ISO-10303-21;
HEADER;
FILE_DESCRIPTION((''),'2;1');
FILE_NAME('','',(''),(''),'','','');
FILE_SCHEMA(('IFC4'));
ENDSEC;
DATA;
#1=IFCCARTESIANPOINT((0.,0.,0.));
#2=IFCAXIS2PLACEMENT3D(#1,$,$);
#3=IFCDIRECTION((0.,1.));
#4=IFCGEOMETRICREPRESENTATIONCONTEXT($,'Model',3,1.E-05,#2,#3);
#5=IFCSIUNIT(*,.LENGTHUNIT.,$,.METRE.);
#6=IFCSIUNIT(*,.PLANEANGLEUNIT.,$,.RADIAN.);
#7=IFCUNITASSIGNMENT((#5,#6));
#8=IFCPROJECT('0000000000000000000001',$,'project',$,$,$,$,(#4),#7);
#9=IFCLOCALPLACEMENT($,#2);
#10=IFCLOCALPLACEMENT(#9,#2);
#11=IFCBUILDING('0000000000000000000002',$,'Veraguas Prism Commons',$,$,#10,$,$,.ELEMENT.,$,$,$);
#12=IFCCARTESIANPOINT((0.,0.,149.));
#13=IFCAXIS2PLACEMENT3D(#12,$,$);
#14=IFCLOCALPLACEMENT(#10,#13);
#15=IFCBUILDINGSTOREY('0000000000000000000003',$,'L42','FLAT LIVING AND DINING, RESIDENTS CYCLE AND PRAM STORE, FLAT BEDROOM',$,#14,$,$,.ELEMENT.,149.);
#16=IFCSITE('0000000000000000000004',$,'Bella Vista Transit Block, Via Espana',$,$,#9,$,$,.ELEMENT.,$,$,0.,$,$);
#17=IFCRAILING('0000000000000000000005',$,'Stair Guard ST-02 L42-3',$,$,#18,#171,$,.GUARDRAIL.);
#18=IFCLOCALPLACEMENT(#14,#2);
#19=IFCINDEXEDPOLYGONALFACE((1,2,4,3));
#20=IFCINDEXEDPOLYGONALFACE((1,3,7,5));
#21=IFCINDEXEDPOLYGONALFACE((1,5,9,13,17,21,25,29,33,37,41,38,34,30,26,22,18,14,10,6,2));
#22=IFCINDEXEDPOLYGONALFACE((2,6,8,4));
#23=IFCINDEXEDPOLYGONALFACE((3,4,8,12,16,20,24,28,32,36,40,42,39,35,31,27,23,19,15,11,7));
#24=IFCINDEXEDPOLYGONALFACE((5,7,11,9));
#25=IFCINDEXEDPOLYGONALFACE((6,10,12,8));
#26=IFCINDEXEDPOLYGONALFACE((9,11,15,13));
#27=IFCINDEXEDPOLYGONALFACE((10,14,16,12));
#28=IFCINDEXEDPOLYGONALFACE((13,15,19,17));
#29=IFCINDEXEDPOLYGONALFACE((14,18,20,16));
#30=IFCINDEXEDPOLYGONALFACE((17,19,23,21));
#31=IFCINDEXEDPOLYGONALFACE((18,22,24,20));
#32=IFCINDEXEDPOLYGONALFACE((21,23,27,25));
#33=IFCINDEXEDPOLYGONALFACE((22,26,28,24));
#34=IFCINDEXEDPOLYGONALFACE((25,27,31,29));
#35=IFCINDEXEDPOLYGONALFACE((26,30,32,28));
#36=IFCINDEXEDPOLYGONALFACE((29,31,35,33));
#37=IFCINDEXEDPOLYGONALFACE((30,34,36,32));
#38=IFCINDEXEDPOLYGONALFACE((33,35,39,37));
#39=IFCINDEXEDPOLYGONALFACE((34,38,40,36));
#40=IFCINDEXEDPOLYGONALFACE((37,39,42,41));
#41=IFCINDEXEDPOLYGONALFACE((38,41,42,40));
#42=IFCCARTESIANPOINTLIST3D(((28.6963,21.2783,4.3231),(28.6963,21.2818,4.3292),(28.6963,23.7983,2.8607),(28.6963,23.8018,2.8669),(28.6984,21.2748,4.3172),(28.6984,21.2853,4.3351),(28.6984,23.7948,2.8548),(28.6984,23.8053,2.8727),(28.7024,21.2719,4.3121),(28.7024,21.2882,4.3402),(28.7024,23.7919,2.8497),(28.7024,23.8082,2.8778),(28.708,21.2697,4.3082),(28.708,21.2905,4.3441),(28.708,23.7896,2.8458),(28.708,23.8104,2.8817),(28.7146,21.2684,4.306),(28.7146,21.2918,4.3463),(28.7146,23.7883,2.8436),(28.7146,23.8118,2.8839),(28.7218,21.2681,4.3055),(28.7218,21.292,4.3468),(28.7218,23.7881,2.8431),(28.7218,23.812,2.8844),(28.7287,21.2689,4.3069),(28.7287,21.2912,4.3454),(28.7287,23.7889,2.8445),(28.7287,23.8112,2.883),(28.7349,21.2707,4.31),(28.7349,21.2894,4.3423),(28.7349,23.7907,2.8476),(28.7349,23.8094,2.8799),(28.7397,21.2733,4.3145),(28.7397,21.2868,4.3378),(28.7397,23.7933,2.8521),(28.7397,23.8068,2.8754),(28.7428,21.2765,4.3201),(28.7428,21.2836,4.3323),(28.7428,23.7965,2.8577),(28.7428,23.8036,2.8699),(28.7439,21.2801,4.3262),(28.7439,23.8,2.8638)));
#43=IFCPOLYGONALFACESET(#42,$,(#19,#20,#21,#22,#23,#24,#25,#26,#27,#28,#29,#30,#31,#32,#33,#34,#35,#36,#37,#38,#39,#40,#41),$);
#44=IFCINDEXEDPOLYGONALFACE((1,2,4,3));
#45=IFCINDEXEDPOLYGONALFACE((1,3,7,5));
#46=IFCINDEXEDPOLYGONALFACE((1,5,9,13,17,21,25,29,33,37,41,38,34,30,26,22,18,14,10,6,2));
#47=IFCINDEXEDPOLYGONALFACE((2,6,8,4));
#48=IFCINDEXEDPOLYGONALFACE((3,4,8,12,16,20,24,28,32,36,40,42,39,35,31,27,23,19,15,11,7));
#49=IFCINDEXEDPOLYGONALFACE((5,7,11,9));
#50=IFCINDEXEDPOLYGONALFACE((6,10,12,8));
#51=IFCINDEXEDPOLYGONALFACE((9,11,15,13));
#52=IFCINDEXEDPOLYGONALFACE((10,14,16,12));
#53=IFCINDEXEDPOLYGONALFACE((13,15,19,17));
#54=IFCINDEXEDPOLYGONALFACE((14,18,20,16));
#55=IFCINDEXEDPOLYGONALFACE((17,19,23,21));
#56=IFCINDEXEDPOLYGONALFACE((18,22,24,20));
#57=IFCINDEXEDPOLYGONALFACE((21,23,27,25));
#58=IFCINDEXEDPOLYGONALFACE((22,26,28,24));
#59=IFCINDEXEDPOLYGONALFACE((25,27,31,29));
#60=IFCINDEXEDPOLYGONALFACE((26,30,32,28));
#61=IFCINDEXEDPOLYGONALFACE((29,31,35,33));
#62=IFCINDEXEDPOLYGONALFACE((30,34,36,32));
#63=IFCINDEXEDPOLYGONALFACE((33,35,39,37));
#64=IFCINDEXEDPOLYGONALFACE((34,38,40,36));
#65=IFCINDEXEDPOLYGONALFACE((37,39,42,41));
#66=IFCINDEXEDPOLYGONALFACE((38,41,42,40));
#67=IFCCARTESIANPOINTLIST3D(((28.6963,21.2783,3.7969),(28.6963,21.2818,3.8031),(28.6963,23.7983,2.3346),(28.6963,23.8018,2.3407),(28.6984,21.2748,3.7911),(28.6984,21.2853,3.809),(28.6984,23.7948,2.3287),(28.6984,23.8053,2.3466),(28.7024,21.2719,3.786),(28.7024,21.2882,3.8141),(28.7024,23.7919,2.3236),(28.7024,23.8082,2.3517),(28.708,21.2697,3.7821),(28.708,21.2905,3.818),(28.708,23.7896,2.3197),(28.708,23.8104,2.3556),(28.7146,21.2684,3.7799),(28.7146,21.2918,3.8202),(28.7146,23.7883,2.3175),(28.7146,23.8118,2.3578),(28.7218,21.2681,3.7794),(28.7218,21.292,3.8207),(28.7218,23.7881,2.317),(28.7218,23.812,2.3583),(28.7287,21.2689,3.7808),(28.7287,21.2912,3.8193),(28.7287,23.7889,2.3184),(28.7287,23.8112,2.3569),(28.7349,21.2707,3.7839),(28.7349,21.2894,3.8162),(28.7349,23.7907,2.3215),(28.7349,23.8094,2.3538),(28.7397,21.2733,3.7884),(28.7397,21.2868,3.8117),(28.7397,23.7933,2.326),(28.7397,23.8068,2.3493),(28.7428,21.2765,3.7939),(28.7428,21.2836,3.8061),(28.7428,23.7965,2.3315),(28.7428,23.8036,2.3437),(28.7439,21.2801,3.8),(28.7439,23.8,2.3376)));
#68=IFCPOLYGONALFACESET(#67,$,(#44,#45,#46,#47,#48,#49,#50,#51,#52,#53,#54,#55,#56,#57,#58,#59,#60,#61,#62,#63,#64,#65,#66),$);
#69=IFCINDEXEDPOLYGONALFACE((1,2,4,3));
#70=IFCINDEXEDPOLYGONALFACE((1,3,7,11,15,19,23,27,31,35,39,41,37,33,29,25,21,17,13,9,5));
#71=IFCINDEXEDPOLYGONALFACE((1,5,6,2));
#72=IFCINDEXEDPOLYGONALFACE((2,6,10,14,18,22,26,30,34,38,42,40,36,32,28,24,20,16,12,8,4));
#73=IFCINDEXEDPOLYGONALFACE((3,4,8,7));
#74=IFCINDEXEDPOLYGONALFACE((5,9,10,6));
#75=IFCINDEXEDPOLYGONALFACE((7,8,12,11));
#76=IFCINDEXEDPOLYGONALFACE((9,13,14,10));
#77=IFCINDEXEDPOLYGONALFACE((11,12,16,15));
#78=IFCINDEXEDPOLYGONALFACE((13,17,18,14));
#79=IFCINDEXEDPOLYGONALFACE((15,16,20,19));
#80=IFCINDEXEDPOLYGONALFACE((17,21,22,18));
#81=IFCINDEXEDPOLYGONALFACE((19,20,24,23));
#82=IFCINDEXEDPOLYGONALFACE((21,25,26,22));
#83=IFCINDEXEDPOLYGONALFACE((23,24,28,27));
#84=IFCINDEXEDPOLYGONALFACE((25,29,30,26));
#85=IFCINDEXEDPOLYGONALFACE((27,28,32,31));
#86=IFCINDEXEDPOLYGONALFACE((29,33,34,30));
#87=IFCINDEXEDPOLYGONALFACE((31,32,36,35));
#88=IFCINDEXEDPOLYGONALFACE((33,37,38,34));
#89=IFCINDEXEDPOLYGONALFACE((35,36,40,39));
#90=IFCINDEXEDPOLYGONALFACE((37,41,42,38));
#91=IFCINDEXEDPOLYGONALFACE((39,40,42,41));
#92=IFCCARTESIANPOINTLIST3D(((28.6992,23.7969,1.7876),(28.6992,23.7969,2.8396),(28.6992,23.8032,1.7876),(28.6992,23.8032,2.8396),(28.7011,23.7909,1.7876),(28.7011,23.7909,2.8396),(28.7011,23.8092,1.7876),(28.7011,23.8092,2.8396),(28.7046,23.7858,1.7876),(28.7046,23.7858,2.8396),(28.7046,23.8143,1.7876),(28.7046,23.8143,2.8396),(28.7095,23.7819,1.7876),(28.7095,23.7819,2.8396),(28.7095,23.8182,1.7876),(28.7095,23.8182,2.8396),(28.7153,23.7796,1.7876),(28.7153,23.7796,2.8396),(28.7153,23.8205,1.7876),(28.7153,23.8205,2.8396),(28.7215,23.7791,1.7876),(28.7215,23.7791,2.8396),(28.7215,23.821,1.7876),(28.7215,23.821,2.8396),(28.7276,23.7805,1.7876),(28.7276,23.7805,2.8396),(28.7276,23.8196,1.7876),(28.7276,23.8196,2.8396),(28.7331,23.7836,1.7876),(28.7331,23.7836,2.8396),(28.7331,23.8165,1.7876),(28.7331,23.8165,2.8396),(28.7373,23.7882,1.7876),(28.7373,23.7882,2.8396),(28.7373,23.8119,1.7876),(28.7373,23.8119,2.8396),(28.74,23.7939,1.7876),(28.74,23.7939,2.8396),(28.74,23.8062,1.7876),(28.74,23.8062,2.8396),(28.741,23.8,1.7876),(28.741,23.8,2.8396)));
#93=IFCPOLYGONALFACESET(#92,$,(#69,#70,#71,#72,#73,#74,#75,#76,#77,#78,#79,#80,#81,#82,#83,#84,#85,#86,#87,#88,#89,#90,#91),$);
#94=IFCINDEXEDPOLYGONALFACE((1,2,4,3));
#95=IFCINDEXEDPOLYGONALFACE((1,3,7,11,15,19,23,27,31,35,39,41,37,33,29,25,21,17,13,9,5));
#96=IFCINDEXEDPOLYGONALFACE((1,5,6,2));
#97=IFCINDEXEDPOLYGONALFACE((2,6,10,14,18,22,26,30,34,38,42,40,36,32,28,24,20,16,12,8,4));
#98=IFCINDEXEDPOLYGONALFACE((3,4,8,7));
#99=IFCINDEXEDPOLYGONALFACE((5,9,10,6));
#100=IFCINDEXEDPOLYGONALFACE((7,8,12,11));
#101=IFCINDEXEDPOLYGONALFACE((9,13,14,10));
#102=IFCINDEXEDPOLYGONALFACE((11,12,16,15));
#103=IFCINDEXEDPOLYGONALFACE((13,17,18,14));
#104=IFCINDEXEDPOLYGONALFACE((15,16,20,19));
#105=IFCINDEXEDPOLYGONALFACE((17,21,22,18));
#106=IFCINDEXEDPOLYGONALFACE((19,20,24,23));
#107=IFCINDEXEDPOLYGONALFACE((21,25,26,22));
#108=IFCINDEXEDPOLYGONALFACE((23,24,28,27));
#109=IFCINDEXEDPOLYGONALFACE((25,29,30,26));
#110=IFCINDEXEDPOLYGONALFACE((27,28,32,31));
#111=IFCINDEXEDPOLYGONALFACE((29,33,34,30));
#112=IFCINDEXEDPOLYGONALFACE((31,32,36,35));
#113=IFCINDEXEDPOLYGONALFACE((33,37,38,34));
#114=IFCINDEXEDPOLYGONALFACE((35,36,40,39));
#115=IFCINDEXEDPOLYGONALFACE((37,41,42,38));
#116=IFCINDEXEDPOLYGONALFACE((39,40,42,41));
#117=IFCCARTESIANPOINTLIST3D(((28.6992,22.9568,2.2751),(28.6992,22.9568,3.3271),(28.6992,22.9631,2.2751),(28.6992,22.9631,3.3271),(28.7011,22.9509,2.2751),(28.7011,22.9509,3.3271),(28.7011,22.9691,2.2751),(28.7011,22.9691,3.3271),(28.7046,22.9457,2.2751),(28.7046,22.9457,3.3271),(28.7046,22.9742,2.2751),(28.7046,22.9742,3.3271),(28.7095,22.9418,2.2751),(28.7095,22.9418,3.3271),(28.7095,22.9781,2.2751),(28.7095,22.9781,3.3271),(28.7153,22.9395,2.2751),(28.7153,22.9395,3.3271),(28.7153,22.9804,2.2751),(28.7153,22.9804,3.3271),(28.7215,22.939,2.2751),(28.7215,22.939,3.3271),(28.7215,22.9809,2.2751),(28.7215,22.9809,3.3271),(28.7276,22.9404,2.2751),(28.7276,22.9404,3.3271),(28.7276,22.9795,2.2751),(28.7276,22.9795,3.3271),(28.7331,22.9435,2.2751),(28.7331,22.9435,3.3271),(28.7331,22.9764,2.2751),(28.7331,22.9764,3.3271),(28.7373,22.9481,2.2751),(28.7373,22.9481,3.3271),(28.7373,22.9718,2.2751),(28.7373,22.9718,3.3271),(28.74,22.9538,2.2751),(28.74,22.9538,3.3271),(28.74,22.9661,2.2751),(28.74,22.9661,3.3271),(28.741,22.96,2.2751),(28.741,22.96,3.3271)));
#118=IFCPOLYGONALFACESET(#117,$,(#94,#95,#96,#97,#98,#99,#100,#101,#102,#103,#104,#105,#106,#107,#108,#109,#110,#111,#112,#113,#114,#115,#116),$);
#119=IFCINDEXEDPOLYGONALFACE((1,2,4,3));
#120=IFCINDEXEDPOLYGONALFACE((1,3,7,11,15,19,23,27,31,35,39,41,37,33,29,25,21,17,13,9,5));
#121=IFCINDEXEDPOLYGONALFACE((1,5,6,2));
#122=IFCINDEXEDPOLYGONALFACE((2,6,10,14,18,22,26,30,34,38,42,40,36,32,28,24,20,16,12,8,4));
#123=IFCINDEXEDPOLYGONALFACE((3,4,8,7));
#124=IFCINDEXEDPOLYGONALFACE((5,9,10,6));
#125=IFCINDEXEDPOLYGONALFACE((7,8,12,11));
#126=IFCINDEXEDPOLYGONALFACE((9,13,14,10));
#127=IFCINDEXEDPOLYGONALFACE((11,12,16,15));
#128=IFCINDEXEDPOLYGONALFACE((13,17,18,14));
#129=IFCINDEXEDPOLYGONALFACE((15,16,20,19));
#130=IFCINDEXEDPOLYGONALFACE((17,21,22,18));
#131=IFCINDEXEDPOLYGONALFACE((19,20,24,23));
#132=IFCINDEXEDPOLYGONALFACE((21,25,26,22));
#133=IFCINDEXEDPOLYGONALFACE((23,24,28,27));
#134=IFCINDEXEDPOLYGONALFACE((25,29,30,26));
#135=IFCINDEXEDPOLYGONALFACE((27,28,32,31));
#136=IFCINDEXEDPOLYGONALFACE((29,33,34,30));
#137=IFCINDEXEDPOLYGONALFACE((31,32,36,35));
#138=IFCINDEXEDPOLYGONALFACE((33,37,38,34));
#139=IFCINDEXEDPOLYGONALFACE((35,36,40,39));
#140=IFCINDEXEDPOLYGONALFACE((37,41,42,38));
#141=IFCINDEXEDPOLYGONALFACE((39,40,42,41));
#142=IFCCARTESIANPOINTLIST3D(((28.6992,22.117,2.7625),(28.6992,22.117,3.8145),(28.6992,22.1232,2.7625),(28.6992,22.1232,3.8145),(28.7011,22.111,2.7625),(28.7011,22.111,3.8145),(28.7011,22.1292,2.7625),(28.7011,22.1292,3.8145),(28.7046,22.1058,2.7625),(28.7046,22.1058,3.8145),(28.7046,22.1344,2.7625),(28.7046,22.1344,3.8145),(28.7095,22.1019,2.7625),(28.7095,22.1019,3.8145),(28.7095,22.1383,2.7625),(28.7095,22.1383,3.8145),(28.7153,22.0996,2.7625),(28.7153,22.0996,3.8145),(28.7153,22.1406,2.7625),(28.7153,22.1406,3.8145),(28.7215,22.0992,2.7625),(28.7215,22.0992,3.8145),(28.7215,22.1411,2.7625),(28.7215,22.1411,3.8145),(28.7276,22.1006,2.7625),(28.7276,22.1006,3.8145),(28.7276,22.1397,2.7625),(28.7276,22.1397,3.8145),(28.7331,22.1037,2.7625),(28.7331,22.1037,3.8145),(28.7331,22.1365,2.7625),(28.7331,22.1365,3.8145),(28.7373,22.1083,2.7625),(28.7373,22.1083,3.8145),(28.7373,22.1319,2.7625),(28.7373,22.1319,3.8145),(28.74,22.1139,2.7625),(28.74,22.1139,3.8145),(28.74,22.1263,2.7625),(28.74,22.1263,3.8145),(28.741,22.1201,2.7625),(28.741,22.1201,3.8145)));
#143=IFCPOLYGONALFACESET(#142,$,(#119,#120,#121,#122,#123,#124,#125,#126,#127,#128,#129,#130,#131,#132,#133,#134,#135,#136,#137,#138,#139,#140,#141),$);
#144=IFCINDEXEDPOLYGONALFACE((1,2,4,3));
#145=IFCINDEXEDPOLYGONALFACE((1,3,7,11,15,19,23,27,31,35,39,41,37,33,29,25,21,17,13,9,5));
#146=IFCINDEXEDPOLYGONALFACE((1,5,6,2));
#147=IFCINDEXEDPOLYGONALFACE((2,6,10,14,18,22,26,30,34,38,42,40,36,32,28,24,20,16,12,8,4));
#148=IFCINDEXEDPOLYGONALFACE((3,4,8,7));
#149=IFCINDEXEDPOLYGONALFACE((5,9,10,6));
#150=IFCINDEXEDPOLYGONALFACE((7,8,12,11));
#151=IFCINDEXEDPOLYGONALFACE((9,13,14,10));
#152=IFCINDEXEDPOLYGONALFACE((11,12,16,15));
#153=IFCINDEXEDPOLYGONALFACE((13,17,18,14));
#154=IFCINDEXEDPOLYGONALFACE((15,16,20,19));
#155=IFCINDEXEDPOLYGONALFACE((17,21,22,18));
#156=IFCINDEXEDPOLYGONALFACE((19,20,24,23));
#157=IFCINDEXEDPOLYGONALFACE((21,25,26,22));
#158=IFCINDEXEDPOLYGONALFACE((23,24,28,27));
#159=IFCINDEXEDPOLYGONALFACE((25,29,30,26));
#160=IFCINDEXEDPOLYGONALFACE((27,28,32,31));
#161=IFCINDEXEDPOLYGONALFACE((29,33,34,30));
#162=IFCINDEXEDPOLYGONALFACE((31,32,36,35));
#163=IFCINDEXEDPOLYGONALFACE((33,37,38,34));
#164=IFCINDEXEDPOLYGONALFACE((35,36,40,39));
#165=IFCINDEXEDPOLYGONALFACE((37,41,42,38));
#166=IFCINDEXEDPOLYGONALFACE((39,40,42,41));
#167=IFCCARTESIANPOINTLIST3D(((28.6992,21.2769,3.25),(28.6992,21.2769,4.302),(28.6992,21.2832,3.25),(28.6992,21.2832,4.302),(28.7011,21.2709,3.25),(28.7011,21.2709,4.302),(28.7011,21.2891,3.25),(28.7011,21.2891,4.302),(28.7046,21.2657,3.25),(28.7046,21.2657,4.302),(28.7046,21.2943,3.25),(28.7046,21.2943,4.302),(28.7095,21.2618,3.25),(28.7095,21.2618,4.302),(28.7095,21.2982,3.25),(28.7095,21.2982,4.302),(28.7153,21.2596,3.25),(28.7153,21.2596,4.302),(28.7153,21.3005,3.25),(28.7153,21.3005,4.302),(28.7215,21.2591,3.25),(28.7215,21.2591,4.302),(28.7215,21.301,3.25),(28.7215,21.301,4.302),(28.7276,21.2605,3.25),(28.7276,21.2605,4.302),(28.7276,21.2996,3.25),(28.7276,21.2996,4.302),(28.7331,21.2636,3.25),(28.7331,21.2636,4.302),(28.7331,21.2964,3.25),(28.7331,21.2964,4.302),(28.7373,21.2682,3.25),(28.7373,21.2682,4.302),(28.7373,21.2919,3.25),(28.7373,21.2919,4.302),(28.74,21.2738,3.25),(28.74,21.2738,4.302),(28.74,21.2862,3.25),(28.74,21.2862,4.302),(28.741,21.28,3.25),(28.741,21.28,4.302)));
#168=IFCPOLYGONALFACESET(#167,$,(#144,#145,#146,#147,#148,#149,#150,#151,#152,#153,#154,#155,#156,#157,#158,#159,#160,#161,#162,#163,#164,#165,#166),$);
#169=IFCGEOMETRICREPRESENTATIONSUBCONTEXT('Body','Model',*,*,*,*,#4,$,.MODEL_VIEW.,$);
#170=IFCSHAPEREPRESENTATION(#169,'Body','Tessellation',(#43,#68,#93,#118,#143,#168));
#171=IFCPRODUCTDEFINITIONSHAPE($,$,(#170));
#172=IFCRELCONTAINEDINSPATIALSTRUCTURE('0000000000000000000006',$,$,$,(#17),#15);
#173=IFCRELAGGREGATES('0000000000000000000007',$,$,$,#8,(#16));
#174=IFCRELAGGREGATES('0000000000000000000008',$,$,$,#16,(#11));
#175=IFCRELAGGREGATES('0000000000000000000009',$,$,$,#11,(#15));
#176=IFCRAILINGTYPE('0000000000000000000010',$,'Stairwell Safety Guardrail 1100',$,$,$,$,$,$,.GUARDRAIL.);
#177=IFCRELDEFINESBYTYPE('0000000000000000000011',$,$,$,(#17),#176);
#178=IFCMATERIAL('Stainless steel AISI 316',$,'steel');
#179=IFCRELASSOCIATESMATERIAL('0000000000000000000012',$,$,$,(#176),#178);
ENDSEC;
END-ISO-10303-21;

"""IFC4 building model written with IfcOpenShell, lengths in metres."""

from ifc_helpers import new_model, si_unit, direction, frame, origin, origin_2d, place, context, subcontext, project, spatial, circle, extrude, material, type_object, element, save


model = new_model("IFC4")

# Units and contexts
model_context = context("Model", 3, precision=1e-05, world=origin(), true_north=direction((0.0, 1.0)))
body_context = subcontext(model_context, "Body", "Model", "MODEL_VIEW")
ifc_project = project(units=[si_unit("LENGTHUNIT", "METRE"), si_unit("PLANEANGLEUNIT", "RADIAN")], contexts=[model_context])

# Site, building, storey
site_placement = place(None, origin())
site = spatial("IfcSite", under=ifc_project, at=site_placement, Name="Bella Vista Transit Block, Via Espana", CompositionType="ELEMENT", RefElevation=0.0)
building_placement = place(site_placement, origin())
building = spatial("IfcBuilding", under=site, at=building_placement, Name="Veraguas Prism Commons", CompositionType="ELEMENT")
storey_placement = place(building_placement, frame((0.0, 0.0, 149.0)))
storey = spatial("IfcBuildingStorey", under=building, at=storey_placement, Name="L42", Description="FLAT LIVING AND DINING, RESIDENTS CYCLE AND PRAM STORE, FLAT BEDROOM", CompositionType="ELEMENT", Elevation=149.0)

# Shared definitions
ifc_material_1 = material(Name="Stainless steel AISI 316", Category="steel")

# Railing
railing_type_1 = type_object("IfcRailingType", Name="Stairwell Safety Guardrail 1100", PredefinedType="GUARDRAIL", material=ifc_material_1)
railing_1_placement = place(storey_placement, frame((28.72, 23.8, 1.7876)))
element("IfcRailing", 1, at=railing_1_placement, inside=storey, type_object=railing_type_1, Name="Stair Guard ST-02 L42-3", PredefinedType="GUARDRAIL", context=body_context, shape_type="SweptSolid", body=[
    extrude(circle(Radius=0.0239, at=origin_2d()), frame((0.0, 0.0, 1.0762), z_axis=(0.0, -0.864913, 0.501921), x_axis=(1.0, 0.0, 0.0)), (0.0, 0.0, 1.0), 2.9136),
    extrude(circle(Radius=0.0239, at=origin_2d()), frame((0.0, 0.0, 0.55), z_axis=(0.0, -0.864913, 0.501921), x_axis=(1.0, 0.0, 0.0)), (0.0, 0.0, 1.0), 2.9136),
    extrude(circle(Radius=0.021, at=origin_2d()), origin(), (0.0, 0.0, 1.0), 1.052),
    extrude(circle(Radius=0.021, at=origin_2d()), frame((0.0, -0.8401, 0.4875)), (0.0, 0.0, 1.0), 1.052),
    extrude(circle(Radius=0.021, at=origin_2d()), frame((0.0, -1.6799, 0.9749)), (0.0, 0.0, 1.0), 1.052),
    extrude(circle(Radius=0.021, at=origin_2d()), frame((0.0, -2.52, 1.4624)), (0.0, 0.0, 1.0), 1.052),
])

save(model, "model.ifc")
